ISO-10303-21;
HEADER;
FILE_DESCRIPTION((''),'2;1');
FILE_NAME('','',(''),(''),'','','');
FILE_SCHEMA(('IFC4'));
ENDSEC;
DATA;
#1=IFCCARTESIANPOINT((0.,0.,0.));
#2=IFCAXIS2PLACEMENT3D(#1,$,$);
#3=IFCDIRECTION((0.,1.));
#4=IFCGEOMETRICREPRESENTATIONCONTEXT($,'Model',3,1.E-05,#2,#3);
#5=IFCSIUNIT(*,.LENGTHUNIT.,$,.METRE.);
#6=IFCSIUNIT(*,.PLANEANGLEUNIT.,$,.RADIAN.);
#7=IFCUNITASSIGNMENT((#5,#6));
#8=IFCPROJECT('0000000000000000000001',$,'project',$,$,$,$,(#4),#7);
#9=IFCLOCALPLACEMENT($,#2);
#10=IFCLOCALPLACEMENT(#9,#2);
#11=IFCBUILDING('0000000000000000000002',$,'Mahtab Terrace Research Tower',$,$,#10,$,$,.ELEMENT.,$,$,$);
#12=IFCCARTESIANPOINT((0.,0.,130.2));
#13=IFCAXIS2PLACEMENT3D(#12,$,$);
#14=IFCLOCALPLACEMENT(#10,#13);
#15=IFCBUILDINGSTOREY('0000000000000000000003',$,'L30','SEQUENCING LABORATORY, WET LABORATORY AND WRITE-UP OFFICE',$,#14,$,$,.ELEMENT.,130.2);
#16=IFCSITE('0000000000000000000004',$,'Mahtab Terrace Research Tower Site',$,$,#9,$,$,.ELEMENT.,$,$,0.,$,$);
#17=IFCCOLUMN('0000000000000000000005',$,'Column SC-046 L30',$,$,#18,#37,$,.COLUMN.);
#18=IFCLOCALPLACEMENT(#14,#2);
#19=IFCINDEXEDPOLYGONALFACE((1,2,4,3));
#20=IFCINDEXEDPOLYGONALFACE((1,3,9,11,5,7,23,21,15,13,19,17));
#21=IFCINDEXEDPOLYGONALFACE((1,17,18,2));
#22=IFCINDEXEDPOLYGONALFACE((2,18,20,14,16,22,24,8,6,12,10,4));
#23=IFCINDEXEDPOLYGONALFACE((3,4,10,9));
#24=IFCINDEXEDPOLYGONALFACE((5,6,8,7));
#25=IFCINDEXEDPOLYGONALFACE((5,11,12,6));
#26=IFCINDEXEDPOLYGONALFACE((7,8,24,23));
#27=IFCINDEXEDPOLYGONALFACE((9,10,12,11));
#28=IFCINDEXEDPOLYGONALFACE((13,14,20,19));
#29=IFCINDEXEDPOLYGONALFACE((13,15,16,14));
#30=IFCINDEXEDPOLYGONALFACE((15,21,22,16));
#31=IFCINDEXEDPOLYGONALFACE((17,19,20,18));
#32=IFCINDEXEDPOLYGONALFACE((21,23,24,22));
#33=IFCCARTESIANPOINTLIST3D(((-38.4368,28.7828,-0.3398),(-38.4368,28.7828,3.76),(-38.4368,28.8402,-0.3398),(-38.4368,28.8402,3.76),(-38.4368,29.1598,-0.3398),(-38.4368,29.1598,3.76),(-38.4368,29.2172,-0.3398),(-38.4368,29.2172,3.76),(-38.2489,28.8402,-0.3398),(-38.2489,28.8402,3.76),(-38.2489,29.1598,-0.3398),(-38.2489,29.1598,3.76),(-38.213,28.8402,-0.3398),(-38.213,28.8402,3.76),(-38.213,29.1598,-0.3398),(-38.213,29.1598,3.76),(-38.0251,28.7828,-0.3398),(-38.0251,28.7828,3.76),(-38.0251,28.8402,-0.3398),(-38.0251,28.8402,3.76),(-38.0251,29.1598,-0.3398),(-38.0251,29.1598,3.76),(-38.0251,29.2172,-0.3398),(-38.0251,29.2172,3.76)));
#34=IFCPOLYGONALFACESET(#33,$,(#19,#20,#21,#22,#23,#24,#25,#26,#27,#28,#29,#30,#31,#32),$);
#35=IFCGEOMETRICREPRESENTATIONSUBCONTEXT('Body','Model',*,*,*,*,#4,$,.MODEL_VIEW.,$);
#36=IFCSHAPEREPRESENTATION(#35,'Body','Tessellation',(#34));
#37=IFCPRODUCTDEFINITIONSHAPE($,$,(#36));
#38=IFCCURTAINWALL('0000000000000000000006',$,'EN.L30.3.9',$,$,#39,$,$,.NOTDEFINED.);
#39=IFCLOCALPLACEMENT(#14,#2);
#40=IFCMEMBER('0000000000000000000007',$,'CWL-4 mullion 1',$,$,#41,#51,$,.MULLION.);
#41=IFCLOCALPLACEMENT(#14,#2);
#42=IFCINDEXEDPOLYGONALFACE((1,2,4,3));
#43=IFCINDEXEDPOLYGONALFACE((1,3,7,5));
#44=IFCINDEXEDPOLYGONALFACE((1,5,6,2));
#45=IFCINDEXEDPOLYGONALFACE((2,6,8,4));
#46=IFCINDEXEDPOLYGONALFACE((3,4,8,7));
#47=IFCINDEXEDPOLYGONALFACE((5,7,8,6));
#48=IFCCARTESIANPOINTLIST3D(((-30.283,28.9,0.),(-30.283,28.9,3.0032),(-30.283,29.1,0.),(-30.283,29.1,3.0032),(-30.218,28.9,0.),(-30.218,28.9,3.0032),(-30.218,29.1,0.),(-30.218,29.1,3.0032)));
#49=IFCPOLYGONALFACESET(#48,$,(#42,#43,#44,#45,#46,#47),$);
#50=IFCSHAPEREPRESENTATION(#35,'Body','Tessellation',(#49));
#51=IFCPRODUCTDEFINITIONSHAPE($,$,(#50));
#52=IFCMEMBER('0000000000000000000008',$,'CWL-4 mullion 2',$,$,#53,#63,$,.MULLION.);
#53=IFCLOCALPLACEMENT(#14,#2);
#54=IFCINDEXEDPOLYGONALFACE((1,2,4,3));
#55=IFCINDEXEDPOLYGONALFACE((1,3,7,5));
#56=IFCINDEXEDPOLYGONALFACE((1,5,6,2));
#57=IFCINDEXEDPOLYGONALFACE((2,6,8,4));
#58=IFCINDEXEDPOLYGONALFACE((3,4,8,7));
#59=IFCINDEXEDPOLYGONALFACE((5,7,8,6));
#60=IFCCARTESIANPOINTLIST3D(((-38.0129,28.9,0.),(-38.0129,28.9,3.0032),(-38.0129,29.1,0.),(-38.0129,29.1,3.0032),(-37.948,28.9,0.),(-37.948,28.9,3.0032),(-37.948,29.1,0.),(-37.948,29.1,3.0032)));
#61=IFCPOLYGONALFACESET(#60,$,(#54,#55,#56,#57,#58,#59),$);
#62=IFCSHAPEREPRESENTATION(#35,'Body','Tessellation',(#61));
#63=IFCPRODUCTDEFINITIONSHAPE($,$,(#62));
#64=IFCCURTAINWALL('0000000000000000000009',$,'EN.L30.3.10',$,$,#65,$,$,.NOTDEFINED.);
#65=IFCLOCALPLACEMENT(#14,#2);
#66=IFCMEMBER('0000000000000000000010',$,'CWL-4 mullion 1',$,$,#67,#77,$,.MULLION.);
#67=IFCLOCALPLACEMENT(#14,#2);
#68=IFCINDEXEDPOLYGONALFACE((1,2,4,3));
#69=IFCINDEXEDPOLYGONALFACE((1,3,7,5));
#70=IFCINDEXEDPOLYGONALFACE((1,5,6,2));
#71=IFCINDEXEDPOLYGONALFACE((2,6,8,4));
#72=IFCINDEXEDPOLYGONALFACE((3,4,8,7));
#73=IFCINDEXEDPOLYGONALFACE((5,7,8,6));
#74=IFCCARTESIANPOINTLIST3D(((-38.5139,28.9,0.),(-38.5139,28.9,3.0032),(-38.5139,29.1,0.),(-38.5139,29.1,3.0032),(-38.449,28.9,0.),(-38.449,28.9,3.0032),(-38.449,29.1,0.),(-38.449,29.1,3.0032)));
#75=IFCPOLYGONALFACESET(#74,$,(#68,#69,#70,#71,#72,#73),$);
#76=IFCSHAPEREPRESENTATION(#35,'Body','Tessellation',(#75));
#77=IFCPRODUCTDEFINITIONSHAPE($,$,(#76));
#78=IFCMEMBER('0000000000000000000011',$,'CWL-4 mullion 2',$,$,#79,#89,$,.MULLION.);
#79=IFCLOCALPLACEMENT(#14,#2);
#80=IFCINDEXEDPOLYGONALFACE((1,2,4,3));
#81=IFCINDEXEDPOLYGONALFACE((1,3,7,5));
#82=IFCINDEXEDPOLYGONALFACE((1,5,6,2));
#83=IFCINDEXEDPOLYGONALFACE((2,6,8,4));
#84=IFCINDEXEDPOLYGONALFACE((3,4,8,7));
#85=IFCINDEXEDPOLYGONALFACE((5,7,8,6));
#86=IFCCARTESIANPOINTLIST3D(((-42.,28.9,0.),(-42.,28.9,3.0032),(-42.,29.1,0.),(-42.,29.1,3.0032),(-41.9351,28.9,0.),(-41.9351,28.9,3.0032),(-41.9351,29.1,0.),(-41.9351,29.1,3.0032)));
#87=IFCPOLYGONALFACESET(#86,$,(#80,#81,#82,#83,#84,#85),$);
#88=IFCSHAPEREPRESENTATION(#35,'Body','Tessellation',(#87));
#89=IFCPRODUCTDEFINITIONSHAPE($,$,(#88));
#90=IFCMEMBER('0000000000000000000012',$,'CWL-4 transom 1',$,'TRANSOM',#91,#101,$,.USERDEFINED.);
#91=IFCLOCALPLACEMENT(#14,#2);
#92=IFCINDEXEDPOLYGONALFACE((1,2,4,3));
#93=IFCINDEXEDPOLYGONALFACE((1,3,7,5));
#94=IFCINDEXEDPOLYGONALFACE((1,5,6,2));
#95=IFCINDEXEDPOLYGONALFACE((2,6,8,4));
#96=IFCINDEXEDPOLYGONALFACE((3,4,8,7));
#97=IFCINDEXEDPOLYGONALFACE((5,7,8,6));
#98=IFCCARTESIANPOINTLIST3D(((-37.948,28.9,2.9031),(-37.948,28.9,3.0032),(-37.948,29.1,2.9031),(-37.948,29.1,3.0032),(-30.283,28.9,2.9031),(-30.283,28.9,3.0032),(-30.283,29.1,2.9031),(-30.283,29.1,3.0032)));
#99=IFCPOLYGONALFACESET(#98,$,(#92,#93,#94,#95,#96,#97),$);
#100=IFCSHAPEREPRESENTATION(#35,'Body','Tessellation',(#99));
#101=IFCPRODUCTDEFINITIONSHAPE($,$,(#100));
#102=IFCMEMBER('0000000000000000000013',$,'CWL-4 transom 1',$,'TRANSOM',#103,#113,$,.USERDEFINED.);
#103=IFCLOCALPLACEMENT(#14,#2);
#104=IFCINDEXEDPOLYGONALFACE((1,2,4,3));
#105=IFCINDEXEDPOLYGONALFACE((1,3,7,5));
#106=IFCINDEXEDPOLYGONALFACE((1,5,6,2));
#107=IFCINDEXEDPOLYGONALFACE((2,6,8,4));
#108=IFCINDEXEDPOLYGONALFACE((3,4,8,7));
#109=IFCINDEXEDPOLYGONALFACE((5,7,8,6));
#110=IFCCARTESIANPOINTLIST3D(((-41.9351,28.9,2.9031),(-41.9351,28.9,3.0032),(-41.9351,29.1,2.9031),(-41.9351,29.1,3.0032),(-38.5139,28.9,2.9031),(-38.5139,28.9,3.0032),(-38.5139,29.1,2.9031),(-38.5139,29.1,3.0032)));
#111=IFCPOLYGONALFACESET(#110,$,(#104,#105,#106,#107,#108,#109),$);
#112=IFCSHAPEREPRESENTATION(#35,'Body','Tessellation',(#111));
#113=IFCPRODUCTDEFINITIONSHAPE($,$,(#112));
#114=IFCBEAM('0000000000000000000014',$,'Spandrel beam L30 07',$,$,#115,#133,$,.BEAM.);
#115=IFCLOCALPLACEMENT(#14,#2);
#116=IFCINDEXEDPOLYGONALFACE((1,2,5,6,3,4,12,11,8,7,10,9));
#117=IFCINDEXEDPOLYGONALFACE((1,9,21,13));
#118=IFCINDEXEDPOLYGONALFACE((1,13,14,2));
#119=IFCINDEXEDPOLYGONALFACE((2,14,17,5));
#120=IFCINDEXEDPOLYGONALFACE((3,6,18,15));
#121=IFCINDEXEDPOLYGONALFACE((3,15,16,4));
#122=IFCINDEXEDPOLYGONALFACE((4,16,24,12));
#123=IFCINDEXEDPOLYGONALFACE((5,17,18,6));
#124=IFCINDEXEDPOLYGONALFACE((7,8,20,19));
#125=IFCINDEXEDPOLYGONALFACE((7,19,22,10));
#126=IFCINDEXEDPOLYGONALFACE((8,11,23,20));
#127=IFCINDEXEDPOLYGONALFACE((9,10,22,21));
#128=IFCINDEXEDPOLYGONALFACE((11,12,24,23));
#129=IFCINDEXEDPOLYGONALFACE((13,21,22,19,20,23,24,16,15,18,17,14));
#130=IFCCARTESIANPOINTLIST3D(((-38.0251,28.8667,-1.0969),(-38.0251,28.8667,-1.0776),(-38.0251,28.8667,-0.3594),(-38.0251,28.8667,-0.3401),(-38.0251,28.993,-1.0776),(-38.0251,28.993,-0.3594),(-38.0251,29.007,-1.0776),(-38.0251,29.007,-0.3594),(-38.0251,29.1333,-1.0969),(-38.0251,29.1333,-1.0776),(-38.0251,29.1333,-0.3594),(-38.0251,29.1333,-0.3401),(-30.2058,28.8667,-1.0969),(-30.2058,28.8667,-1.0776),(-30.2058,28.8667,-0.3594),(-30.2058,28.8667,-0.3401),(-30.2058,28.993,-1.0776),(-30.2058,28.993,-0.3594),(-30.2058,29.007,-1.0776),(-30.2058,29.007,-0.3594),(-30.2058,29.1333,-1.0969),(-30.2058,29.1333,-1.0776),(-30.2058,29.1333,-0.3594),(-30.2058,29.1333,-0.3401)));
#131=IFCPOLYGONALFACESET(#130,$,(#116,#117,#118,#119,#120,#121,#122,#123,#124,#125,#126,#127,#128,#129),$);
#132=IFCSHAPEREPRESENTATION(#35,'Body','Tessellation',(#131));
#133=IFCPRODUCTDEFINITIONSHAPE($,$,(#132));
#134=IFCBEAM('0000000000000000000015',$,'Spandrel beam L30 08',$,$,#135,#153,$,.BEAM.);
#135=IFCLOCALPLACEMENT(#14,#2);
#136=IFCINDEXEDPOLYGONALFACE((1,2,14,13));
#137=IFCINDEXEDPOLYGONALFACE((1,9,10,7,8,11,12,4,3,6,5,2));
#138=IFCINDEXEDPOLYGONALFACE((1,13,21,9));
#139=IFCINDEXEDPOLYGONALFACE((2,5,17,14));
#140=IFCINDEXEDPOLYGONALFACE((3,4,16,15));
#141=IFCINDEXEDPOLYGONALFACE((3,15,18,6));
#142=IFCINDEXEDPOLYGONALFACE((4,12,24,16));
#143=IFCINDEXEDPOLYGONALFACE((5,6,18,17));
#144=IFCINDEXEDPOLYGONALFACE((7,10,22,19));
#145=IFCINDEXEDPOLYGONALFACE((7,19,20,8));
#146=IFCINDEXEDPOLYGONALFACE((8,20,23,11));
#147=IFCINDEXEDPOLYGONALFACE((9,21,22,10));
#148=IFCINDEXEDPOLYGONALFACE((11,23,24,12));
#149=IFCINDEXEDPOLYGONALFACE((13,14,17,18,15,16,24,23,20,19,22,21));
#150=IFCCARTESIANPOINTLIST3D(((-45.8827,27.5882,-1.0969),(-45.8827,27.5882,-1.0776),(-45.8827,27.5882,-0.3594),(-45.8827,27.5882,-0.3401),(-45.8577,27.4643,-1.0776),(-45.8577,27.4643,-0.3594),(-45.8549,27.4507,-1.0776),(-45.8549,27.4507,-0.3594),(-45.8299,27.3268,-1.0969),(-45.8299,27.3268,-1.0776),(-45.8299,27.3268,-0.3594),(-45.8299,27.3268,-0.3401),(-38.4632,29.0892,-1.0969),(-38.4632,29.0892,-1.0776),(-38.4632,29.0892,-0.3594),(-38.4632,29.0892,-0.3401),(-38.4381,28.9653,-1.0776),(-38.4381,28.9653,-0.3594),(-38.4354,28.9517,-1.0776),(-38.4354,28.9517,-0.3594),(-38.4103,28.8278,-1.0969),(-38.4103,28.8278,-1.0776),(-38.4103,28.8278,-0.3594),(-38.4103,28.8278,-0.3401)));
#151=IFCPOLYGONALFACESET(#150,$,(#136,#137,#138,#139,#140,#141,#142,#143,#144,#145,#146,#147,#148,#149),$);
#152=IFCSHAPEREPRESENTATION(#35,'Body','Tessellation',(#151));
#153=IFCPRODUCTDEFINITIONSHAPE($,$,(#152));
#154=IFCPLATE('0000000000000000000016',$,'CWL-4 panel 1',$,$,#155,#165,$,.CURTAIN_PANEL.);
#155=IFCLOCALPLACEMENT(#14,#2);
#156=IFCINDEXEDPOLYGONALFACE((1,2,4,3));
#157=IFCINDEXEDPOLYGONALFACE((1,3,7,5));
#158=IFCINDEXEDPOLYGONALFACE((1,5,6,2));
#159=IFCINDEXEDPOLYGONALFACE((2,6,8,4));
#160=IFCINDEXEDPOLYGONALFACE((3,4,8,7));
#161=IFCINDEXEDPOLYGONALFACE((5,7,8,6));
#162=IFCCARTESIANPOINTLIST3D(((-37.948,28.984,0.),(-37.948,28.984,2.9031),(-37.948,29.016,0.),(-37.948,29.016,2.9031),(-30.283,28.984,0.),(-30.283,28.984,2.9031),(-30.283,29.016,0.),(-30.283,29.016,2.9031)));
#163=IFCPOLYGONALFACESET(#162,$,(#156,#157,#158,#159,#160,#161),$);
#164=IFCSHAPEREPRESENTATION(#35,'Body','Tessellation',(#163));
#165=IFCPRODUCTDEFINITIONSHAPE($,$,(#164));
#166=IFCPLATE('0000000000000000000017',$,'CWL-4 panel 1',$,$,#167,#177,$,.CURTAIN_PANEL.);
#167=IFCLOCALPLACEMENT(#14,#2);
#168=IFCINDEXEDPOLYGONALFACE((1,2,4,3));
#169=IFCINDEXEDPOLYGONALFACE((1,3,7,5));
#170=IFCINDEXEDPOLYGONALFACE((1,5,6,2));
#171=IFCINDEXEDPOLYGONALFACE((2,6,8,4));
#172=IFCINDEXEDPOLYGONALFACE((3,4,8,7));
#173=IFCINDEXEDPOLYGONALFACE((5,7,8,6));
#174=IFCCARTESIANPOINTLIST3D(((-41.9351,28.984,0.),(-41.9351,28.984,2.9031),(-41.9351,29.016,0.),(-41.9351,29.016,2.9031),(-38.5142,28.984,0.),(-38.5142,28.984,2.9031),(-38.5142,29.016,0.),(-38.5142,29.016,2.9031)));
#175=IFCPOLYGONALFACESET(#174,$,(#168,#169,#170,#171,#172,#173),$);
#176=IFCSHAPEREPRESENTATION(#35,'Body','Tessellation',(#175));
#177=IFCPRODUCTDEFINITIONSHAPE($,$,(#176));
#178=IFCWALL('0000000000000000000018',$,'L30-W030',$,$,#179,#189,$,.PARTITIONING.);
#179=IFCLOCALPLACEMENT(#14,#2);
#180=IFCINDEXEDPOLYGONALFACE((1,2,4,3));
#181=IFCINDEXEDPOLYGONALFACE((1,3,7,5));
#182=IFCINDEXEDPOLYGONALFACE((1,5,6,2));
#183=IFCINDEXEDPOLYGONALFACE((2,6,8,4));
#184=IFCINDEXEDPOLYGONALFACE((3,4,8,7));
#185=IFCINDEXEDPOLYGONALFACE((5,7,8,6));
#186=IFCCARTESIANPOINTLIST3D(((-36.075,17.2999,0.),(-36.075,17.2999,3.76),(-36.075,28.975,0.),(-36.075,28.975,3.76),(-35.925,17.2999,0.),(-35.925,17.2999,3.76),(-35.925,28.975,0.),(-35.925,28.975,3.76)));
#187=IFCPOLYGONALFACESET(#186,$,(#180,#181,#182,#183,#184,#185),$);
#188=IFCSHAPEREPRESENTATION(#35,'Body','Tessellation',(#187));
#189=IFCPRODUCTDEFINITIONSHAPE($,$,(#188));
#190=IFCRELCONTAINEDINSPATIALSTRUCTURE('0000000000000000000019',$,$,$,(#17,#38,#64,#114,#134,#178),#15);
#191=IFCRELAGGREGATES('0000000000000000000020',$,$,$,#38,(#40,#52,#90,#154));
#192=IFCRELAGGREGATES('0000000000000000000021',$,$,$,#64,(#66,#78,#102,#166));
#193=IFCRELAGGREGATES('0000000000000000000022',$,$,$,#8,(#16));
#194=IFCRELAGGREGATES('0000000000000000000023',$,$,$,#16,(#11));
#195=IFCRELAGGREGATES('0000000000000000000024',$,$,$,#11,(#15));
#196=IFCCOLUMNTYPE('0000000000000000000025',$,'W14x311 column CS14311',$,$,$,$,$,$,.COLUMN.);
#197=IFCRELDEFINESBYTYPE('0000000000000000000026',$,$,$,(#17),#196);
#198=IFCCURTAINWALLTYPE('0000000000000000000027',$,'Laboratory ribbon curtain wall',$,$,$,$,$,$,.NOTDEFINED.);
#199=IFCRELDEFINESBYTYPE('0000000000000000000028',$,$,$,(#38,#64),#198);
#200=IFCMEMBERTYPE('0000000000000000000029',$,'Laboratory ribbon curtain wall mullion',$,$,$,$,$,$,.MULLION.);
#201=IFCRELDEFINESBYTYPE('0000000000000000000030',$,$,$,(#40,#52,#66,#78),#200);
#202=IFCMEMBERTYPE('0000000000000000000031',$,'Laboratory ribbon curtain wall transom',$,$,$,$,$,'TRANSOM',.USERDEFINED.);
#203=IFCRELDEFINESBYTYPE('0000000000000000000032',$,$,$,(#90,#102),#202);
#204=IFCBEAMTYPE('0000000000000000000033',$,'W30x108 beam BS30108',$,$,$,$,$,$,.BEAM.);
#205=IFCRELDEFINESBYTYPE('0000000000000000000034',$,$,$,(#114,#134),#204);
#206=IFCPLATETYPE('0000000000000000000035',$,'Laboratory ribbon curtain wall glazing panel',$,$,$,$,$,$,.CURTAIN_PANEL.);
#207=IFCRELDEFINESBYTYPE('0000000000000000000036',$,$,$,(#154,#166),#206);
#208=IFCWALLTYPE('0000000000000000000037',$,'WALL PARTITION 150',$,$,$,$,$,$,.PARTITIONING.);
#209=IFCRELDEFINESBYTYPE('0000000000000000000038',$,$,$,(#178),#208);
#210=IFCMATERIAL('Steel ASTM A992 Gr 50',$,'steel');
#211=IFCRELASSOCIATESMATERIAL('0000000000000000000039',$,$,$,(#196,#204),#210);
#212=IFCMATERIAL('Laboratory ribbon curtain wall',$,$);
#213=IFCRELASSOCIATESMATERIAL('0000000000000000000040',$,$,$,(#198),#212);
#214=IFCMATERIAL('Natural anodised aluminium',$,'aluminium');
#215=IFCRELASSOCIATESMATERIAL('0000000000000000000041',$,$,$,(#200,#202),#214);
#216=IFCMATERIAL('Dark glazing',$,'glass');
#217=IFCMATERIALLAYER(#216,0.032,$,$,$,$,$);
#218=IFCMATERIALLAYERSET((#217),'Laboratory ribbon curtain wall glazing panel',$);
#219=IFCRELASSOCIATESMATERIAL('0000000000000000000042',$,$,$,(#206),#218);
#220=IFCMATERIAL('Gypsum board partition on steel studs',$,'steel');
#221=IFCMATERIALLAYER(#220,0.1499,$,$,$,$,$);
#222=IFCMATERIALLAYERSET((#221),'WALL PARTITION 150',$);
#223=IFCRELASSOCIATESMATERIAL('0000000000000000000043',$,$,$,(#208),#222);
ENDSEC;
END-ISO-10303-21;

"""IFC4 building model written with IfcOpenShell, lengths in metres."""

from ifc_helpers import new_model, si_unit, direction, frame, frame_2d, origin, origin_2d, place, context, subcontext, project, spatial, rectangle, i_section, extrude, material, layer, layer_set, material_profile, profile_set, type_object, element, aggregate, save


model = new_model("IFC4")

# Units and contexts
model_context = context("Model", 3, precision=1e-05, world=origin(), true_north=direction((0.0, 1.0)))
body_context = subcontext(model_context, "Body", "Model", "MODEL_VIEW")
ifc_project = project(units=[si_unit("LENGTHUNIT", "METRE"), si_unit("PLANEANGLEUNIT", "RADIAN")], contexts=[model_context])

# Site, building, storey
site_placement = place(None, origin())
site = spatial("IfcSite", under=ifc_project, at=site_placement, Name="Mahtab Terrace Research Tower Site", CompositionType="ELEMENT", RefElevation=0.0)
building_placement = place(site_placement, origin())
building = spatial("IfcBuilding", under=site, at=building_placement, Name="Mahtab Terrace Research Tower", CompositionType="ELEMENT")
storey_placement = place(building_placement, frame((0.0, 0.0, 130.2)))
storey = spatial("IfcBuildingStorey", under=building, at=storey_placement, Name="L30", Description="SEQUENCING LABORATORY, WET LABORATORY AND WRITE-UP OFFICE", CompositionType="ELEMENT", Elevation=130.2)

# Column
ifc_material_1 = material(Name="Steel ASTM A992 Gr 50", Category="steel")
ifc_material_profile_1 = material_profile(ifc_material_1, i_section(OverallWidth=0.4116, OverallDepth=0.4343, WebThickness=0.0359, FlangeThickness=0.0574, at=origin_2d()), Name="W14X311")
ifc_profile_set_1 = profile_set([ifc_material_profile_1], Name="Steel ASTM A992 Gr 50")
column_type = type_object("IfcColumnType", Name="W14x311 column CS14311", PredefinedType="COLUMN", material=ifc_profile_set_1)
column_placement = place(storey_placement, frame((-38.231, 29.0, -0.3398), z_axis=(0.0, 0.0, 1.0), x_axis=(1.0, 0.0, 0.0)))
element("IfcColumn", 1, at=column_placement, inside=storey, type_object=column_type, Name="Column SC-046 L30", PredefinedType="COLUMN", context=body_context, shape_type="SweptSolid", body=[
    extrude(i_section(OverallWidth=0.4116, OverallDepth=0.4343, WebThickness=0.0359, FlangeThickness=0.0574, at=origin_2d()), origin(), (0.0, 0.0, 1.0), 4.0999),
])

# Curtain walls, members
ifc_material_2 = material(Name="Laboratory ribbon curtain wall")
curtain_wall_type = type_object("IfcCurtainWallType", Name="Laboratory ribbon curtain wall", PredefinedType="NOTDEFINED", material=ifc_material_2)
curtain_wall_1_placement = place(storey_placement, origin())
curtain_wall_1 = element("IfcCurtainWall", 2, at=curtain_wall_1_placement, inside=storey, type_object=curtain_wall_type, Name="EN.L30.3.9", PredefinedType="NOTDEFINED")
ifc_material_3 = material(Name="Natural anodised aluminium", Category="aluminium")
ifc_material_profile_2 = material_profile(ifc_material_3, rectangle(XDim=0.2, YDim=0.0649, at=origin_2d()), Name="MULLION 65x200")
ifc_profile_set_2 = profile_set([ifc_material_profile_2], Name="Natural anodised aluminium")
member_type_1 = type_object("IfcMemberType", Name="Laboratory ribbon curtain wall mullion", PredefinedType="MULLION", material=ifc_profile_set_2)
member_1_placement = place(storey_placement, frame((-30.2505, 29.0, 0.0), z_axis=(0.0, 0.0, 1.0), x_axis=(0.0, -1.0, 0.0)))
member_1 = element("IfcMember", 3, at=member_1_placement, type_object=member_type_1, Name="CWL-4 mullion 1", PredefinedType="MULLION", context=body_context, shape_type="SweptSolid", body=[
    extrude(rectangle(XDim=0.2, YDim=0.0649, at=origin_2d()), origin(), (0.0, 0.0, 1.0), 3.0032),
])
member_2_placement = place(storey_placement, frame((-37.9805, 29.0, 0.0), z_axis=(0.0, 0.0, 1.0), x_axis=(0.0, -1.0, 0.0)))
member_2 = element("IfcMember", 4, at=member_2_placement, type_object=member_type_1, Name="CWL-4 mullion 2", PredefinedType="MULLION", context=body_context, shape_type="SweptSolid", body=[
    extrude(rectangle(XDim=0.2, YDim=0.0649, at=origin_2d()), origin(), (0.0, 0.0, 1.0), 3.0032),
])
curtain_wall_2_placement = place(storey_placement, origin())
curtain_wall_2 = element("IfcCurtainWall", 5, at=curtain_wall_2_placement, inside=storey, type_object=curtain_wall_type, Name="EN.L30.3.10", PredefinedType="NOTDEFINED")
member_3_placement = place(storey_placement, frame((-38.4814, 29.0, 0.0), z_axis=(0.0, 0.0, 1.0), x_axis=(0.0, -1.0, 0.0)))
member_3 = element("IfcMember", 6, at=member_3_placement, type_object=member_type_1, Name="CWL-4 mullion 1", PredefinedType="MULLION", context=body_context, shape_type="SweptSolid", body=[
    extrude(rectangle(XDim=0.2, YDim=0.0649, at=origin_2d()), origin(), (0.0, 0.0, 1.0), 3.0032),
])
member_4_placement = place(storey_placement, frame((-41.9675, 29.0, 0.0), z_axis=(0.0, 0.0, 1.0), x_axis=(0.0, -1.0, 0.0)))
member_4 = element("IfcMember", 7, at=member_4_placement, type_object=member_type_1, Name="CWL-4 mullion 2", PredefinedType="MULLION", context=body_context, shape_type="SweptSolid", body=[
    extrude(rectangle(XDim=0.2, YDim=0.0649, at=origin_2d()), origin(), (0.0, 0.0, 1.0), 3.0032),
])

# Members
ifc_material_profile_3 = material_profile(ifc_material_3, rectangle(XDim=0.2, YDim=0.1001, at=origin_2d()), Name="TRANSOM 100x200")
ifc_profile_set_3 = profile_set([ifc_material_profile_3], Name="Natural anodised aluminium")
member_type_2 = type_object("IfcMemberType", Name="Laboratory ribbon curtain wall transom", ElementType="TRANSOM", PredefinedType="USERDEFINED", material=ifc_profile_set_3)
member_5_placement = place(storey_placement, frame((-30.283, 29.0, 2.9531), z_axis=(-1.0, 0.0, 0.0), x_axis=(0.0, -1.0, 0.0)))
member_5 = element("IfcMember", 8, at=member_5_placement, type_object=member_type_2, Name="CWL-4 transom 1", ObjectType="TRANSOM", PredefinedType="USERDEFINED", context=body_context, shape_type="SweptSolid", body=[
    extrude(rectangle(XDim=0.2, YDim=0.1001, at=origin_2d()), origin(), (0.0, 0.0, 1.0), 7.665),
])
member_6_placement = place(storey_placement, frame((-38.5139, 29.0, 2.9531), z_axis=(-1.0, 0.0, 0.0), x_axis=(0.0, -1.0, 0.0)))
member_6 = element("IfcMember", 9, at=member_6_placement, type_object=member_type_2, Name="CWL-4 transom 1", ObjectType="TRANSOM", PredefinedType="USERDEFINED", context=body_context, shape_type="SweptSolid", body=[
    extrude(rectangle(XDim=0.2, YDim=0.1001, at=origin_2d()), origin(), (0.0, 0.0, 1.0), 3.4211),
])

# Beams
ifc_material_profile_4 = material_profile(ifc_material_1, i_section(OverallWidth=0.2666, OverallDepth=0.7568, WebThickness=0.0139, FlangeThickness=0.0193, at=origin_2d()), Name="W30X108")
ifc_profile_set_4 = profile_set([ifc_material_profile_4], Name="Steel ASTM A992 Gr 50")
beam_type = type_object("IfcBeamType", Name="W30x108 beam BS30108", PredefinedType="BEAM", material=ifc_profile_set_4)
beam_1_placement = place(storey_placement, frame((-30.2058, 29.0, -0.7185), z_axis=(-1.0, 0.0, 0.0), x_axis=(0.0, -1.0, 0.0)))
element("IfcBeam", 10, at=beam_1_placement, inside=storey, type_object=beam_type, Name="Spandrel beam L30 07", PredefinedType="BEAM", context=body_context, shape_type="SweptSolid", body=[
    extrude(i_section(OverallWidth=0.2666, OverallDepth=0.7568, WebThickness=0.0139, FlangeThickness=0.0193, at=origin_2d()), origin(), (0.0, 0.0, 1.0), 7.8193),
])
beam_2_placement = place(storey_placement, frame((-38.4368, 28.9585, -0.7185), z_axis=(-0.980144, -0.198286, 0.0), x_axis=(0.198286, -0.980144, 0.0)))
element("IfcBeam", 11, at=beam_2_placement, inside=storey, type_object=beam_type, Name="Spandrel beam L30 08", PredefinedType="BEAM", context=body_context, shape_type="SweptSolid", body=[
    extrude(i_section(OverallWidth=0.2666, OverallDepth=0.7568, WebThickness=0.0139, FlangeThickness=0.0193, at=origin_2d()), origin(), (0.0, 0.0, 1.0), 7.5698),
])

# Plates
ifc_material_4 = material(Name="Dark glazing", Category="glass")
ifc_layer_1 = layer(ifc_material_4, 0.032)
ifc_layer_set_1 = layer_set([ifc_layer_1], Name="Laboratory ribbon curtain wall glazing panel")
plate_type = type_object("IfcPlateType", Name="Laboratory ribbon curtain wall glazing panel", PredefinedType="CURTAIN_PANEL", material=ifc_layer_set_1)
plate_1_placement = place(storey_placement, frame((-34.1155, 29.0, 0.0), z_axis=(0.0, 0.0, 1.0), x_axis=(-1.0, 0.0, 0.0)))
plate_1 = element("IfcPlate", 12, at=plate_1_placement, type_object=plate_type, Name="CWL-4 panel 1", PredefinedType="CURTAIN_PANEL", context=body_context, shape_type="SweptSolid", body=[
    extrude(rectangle(XDim=7.665, YDim=0.032, at=origin_2d()), origin(), (0.0, 0.0, 1.0), 2.9031),
])
aggregate(curtain_wall_1, [member_1, member_2, member_5, plate_1])
plate_2_placement = place(storey_placement, frame((-40.2246, 29.0, 0.0), z_axis=(0.0, 0.0, 1.0), x_axis=(-1.0, 0.0, 0.0)))
plate_2 = element("IfcPlate", 13, at=plate_2_placement, type_object=plate_type, Name="CWL-4 panel 1", PredefinedType="CURTAIN_PANEL", context=body_context, shape_type="SweptSolid", body=[
    extrude(rectangle(XDim=3.4209, YDim=0.032, at=origin_2d()), origin(), (0.0, 0.0, 1.0), 2.9031),
])
aggregate(curtain_wall_2, [member_3, member_4, member_6, plate_2])

# Wall
ifc_material_5 = material(Name="Gypsum board partition on steel studs", Category="steel")
ifc_layer_2 = layer(ifc_material_5, 0.1499)
ifc_layer_set_2 = layer_set([ifc_layer_2], Name="WALL PARTITION 150")
wall_type = type_object("IfcWallType", Name="WALL PARTITION 150", PredefinedType="PARTITIONING", material=ifc_layer_set_2)
wall_placement = place(storey_placement, frame((-36.0, 17.3, 0.0), z_axis=(0.0, 0.0, 1.0), x_axis=(0.0, 1.0, 0.0)))
element("IfcWall", 14, at=wall_placement, inside=storey, type_object=wall_type, Name="L30-W030", PredefinedType="PARTITIONING", context=body_context, shape_type="SweptSolid", body=[
    extrude(rectangle(XDim=11.675, YDim=0.1499, at=frame_2d((5.8374, 0.0))), origin(), (0.0, 0.0, 1.0), 3.76),
])

save(model, "model.ifc")
